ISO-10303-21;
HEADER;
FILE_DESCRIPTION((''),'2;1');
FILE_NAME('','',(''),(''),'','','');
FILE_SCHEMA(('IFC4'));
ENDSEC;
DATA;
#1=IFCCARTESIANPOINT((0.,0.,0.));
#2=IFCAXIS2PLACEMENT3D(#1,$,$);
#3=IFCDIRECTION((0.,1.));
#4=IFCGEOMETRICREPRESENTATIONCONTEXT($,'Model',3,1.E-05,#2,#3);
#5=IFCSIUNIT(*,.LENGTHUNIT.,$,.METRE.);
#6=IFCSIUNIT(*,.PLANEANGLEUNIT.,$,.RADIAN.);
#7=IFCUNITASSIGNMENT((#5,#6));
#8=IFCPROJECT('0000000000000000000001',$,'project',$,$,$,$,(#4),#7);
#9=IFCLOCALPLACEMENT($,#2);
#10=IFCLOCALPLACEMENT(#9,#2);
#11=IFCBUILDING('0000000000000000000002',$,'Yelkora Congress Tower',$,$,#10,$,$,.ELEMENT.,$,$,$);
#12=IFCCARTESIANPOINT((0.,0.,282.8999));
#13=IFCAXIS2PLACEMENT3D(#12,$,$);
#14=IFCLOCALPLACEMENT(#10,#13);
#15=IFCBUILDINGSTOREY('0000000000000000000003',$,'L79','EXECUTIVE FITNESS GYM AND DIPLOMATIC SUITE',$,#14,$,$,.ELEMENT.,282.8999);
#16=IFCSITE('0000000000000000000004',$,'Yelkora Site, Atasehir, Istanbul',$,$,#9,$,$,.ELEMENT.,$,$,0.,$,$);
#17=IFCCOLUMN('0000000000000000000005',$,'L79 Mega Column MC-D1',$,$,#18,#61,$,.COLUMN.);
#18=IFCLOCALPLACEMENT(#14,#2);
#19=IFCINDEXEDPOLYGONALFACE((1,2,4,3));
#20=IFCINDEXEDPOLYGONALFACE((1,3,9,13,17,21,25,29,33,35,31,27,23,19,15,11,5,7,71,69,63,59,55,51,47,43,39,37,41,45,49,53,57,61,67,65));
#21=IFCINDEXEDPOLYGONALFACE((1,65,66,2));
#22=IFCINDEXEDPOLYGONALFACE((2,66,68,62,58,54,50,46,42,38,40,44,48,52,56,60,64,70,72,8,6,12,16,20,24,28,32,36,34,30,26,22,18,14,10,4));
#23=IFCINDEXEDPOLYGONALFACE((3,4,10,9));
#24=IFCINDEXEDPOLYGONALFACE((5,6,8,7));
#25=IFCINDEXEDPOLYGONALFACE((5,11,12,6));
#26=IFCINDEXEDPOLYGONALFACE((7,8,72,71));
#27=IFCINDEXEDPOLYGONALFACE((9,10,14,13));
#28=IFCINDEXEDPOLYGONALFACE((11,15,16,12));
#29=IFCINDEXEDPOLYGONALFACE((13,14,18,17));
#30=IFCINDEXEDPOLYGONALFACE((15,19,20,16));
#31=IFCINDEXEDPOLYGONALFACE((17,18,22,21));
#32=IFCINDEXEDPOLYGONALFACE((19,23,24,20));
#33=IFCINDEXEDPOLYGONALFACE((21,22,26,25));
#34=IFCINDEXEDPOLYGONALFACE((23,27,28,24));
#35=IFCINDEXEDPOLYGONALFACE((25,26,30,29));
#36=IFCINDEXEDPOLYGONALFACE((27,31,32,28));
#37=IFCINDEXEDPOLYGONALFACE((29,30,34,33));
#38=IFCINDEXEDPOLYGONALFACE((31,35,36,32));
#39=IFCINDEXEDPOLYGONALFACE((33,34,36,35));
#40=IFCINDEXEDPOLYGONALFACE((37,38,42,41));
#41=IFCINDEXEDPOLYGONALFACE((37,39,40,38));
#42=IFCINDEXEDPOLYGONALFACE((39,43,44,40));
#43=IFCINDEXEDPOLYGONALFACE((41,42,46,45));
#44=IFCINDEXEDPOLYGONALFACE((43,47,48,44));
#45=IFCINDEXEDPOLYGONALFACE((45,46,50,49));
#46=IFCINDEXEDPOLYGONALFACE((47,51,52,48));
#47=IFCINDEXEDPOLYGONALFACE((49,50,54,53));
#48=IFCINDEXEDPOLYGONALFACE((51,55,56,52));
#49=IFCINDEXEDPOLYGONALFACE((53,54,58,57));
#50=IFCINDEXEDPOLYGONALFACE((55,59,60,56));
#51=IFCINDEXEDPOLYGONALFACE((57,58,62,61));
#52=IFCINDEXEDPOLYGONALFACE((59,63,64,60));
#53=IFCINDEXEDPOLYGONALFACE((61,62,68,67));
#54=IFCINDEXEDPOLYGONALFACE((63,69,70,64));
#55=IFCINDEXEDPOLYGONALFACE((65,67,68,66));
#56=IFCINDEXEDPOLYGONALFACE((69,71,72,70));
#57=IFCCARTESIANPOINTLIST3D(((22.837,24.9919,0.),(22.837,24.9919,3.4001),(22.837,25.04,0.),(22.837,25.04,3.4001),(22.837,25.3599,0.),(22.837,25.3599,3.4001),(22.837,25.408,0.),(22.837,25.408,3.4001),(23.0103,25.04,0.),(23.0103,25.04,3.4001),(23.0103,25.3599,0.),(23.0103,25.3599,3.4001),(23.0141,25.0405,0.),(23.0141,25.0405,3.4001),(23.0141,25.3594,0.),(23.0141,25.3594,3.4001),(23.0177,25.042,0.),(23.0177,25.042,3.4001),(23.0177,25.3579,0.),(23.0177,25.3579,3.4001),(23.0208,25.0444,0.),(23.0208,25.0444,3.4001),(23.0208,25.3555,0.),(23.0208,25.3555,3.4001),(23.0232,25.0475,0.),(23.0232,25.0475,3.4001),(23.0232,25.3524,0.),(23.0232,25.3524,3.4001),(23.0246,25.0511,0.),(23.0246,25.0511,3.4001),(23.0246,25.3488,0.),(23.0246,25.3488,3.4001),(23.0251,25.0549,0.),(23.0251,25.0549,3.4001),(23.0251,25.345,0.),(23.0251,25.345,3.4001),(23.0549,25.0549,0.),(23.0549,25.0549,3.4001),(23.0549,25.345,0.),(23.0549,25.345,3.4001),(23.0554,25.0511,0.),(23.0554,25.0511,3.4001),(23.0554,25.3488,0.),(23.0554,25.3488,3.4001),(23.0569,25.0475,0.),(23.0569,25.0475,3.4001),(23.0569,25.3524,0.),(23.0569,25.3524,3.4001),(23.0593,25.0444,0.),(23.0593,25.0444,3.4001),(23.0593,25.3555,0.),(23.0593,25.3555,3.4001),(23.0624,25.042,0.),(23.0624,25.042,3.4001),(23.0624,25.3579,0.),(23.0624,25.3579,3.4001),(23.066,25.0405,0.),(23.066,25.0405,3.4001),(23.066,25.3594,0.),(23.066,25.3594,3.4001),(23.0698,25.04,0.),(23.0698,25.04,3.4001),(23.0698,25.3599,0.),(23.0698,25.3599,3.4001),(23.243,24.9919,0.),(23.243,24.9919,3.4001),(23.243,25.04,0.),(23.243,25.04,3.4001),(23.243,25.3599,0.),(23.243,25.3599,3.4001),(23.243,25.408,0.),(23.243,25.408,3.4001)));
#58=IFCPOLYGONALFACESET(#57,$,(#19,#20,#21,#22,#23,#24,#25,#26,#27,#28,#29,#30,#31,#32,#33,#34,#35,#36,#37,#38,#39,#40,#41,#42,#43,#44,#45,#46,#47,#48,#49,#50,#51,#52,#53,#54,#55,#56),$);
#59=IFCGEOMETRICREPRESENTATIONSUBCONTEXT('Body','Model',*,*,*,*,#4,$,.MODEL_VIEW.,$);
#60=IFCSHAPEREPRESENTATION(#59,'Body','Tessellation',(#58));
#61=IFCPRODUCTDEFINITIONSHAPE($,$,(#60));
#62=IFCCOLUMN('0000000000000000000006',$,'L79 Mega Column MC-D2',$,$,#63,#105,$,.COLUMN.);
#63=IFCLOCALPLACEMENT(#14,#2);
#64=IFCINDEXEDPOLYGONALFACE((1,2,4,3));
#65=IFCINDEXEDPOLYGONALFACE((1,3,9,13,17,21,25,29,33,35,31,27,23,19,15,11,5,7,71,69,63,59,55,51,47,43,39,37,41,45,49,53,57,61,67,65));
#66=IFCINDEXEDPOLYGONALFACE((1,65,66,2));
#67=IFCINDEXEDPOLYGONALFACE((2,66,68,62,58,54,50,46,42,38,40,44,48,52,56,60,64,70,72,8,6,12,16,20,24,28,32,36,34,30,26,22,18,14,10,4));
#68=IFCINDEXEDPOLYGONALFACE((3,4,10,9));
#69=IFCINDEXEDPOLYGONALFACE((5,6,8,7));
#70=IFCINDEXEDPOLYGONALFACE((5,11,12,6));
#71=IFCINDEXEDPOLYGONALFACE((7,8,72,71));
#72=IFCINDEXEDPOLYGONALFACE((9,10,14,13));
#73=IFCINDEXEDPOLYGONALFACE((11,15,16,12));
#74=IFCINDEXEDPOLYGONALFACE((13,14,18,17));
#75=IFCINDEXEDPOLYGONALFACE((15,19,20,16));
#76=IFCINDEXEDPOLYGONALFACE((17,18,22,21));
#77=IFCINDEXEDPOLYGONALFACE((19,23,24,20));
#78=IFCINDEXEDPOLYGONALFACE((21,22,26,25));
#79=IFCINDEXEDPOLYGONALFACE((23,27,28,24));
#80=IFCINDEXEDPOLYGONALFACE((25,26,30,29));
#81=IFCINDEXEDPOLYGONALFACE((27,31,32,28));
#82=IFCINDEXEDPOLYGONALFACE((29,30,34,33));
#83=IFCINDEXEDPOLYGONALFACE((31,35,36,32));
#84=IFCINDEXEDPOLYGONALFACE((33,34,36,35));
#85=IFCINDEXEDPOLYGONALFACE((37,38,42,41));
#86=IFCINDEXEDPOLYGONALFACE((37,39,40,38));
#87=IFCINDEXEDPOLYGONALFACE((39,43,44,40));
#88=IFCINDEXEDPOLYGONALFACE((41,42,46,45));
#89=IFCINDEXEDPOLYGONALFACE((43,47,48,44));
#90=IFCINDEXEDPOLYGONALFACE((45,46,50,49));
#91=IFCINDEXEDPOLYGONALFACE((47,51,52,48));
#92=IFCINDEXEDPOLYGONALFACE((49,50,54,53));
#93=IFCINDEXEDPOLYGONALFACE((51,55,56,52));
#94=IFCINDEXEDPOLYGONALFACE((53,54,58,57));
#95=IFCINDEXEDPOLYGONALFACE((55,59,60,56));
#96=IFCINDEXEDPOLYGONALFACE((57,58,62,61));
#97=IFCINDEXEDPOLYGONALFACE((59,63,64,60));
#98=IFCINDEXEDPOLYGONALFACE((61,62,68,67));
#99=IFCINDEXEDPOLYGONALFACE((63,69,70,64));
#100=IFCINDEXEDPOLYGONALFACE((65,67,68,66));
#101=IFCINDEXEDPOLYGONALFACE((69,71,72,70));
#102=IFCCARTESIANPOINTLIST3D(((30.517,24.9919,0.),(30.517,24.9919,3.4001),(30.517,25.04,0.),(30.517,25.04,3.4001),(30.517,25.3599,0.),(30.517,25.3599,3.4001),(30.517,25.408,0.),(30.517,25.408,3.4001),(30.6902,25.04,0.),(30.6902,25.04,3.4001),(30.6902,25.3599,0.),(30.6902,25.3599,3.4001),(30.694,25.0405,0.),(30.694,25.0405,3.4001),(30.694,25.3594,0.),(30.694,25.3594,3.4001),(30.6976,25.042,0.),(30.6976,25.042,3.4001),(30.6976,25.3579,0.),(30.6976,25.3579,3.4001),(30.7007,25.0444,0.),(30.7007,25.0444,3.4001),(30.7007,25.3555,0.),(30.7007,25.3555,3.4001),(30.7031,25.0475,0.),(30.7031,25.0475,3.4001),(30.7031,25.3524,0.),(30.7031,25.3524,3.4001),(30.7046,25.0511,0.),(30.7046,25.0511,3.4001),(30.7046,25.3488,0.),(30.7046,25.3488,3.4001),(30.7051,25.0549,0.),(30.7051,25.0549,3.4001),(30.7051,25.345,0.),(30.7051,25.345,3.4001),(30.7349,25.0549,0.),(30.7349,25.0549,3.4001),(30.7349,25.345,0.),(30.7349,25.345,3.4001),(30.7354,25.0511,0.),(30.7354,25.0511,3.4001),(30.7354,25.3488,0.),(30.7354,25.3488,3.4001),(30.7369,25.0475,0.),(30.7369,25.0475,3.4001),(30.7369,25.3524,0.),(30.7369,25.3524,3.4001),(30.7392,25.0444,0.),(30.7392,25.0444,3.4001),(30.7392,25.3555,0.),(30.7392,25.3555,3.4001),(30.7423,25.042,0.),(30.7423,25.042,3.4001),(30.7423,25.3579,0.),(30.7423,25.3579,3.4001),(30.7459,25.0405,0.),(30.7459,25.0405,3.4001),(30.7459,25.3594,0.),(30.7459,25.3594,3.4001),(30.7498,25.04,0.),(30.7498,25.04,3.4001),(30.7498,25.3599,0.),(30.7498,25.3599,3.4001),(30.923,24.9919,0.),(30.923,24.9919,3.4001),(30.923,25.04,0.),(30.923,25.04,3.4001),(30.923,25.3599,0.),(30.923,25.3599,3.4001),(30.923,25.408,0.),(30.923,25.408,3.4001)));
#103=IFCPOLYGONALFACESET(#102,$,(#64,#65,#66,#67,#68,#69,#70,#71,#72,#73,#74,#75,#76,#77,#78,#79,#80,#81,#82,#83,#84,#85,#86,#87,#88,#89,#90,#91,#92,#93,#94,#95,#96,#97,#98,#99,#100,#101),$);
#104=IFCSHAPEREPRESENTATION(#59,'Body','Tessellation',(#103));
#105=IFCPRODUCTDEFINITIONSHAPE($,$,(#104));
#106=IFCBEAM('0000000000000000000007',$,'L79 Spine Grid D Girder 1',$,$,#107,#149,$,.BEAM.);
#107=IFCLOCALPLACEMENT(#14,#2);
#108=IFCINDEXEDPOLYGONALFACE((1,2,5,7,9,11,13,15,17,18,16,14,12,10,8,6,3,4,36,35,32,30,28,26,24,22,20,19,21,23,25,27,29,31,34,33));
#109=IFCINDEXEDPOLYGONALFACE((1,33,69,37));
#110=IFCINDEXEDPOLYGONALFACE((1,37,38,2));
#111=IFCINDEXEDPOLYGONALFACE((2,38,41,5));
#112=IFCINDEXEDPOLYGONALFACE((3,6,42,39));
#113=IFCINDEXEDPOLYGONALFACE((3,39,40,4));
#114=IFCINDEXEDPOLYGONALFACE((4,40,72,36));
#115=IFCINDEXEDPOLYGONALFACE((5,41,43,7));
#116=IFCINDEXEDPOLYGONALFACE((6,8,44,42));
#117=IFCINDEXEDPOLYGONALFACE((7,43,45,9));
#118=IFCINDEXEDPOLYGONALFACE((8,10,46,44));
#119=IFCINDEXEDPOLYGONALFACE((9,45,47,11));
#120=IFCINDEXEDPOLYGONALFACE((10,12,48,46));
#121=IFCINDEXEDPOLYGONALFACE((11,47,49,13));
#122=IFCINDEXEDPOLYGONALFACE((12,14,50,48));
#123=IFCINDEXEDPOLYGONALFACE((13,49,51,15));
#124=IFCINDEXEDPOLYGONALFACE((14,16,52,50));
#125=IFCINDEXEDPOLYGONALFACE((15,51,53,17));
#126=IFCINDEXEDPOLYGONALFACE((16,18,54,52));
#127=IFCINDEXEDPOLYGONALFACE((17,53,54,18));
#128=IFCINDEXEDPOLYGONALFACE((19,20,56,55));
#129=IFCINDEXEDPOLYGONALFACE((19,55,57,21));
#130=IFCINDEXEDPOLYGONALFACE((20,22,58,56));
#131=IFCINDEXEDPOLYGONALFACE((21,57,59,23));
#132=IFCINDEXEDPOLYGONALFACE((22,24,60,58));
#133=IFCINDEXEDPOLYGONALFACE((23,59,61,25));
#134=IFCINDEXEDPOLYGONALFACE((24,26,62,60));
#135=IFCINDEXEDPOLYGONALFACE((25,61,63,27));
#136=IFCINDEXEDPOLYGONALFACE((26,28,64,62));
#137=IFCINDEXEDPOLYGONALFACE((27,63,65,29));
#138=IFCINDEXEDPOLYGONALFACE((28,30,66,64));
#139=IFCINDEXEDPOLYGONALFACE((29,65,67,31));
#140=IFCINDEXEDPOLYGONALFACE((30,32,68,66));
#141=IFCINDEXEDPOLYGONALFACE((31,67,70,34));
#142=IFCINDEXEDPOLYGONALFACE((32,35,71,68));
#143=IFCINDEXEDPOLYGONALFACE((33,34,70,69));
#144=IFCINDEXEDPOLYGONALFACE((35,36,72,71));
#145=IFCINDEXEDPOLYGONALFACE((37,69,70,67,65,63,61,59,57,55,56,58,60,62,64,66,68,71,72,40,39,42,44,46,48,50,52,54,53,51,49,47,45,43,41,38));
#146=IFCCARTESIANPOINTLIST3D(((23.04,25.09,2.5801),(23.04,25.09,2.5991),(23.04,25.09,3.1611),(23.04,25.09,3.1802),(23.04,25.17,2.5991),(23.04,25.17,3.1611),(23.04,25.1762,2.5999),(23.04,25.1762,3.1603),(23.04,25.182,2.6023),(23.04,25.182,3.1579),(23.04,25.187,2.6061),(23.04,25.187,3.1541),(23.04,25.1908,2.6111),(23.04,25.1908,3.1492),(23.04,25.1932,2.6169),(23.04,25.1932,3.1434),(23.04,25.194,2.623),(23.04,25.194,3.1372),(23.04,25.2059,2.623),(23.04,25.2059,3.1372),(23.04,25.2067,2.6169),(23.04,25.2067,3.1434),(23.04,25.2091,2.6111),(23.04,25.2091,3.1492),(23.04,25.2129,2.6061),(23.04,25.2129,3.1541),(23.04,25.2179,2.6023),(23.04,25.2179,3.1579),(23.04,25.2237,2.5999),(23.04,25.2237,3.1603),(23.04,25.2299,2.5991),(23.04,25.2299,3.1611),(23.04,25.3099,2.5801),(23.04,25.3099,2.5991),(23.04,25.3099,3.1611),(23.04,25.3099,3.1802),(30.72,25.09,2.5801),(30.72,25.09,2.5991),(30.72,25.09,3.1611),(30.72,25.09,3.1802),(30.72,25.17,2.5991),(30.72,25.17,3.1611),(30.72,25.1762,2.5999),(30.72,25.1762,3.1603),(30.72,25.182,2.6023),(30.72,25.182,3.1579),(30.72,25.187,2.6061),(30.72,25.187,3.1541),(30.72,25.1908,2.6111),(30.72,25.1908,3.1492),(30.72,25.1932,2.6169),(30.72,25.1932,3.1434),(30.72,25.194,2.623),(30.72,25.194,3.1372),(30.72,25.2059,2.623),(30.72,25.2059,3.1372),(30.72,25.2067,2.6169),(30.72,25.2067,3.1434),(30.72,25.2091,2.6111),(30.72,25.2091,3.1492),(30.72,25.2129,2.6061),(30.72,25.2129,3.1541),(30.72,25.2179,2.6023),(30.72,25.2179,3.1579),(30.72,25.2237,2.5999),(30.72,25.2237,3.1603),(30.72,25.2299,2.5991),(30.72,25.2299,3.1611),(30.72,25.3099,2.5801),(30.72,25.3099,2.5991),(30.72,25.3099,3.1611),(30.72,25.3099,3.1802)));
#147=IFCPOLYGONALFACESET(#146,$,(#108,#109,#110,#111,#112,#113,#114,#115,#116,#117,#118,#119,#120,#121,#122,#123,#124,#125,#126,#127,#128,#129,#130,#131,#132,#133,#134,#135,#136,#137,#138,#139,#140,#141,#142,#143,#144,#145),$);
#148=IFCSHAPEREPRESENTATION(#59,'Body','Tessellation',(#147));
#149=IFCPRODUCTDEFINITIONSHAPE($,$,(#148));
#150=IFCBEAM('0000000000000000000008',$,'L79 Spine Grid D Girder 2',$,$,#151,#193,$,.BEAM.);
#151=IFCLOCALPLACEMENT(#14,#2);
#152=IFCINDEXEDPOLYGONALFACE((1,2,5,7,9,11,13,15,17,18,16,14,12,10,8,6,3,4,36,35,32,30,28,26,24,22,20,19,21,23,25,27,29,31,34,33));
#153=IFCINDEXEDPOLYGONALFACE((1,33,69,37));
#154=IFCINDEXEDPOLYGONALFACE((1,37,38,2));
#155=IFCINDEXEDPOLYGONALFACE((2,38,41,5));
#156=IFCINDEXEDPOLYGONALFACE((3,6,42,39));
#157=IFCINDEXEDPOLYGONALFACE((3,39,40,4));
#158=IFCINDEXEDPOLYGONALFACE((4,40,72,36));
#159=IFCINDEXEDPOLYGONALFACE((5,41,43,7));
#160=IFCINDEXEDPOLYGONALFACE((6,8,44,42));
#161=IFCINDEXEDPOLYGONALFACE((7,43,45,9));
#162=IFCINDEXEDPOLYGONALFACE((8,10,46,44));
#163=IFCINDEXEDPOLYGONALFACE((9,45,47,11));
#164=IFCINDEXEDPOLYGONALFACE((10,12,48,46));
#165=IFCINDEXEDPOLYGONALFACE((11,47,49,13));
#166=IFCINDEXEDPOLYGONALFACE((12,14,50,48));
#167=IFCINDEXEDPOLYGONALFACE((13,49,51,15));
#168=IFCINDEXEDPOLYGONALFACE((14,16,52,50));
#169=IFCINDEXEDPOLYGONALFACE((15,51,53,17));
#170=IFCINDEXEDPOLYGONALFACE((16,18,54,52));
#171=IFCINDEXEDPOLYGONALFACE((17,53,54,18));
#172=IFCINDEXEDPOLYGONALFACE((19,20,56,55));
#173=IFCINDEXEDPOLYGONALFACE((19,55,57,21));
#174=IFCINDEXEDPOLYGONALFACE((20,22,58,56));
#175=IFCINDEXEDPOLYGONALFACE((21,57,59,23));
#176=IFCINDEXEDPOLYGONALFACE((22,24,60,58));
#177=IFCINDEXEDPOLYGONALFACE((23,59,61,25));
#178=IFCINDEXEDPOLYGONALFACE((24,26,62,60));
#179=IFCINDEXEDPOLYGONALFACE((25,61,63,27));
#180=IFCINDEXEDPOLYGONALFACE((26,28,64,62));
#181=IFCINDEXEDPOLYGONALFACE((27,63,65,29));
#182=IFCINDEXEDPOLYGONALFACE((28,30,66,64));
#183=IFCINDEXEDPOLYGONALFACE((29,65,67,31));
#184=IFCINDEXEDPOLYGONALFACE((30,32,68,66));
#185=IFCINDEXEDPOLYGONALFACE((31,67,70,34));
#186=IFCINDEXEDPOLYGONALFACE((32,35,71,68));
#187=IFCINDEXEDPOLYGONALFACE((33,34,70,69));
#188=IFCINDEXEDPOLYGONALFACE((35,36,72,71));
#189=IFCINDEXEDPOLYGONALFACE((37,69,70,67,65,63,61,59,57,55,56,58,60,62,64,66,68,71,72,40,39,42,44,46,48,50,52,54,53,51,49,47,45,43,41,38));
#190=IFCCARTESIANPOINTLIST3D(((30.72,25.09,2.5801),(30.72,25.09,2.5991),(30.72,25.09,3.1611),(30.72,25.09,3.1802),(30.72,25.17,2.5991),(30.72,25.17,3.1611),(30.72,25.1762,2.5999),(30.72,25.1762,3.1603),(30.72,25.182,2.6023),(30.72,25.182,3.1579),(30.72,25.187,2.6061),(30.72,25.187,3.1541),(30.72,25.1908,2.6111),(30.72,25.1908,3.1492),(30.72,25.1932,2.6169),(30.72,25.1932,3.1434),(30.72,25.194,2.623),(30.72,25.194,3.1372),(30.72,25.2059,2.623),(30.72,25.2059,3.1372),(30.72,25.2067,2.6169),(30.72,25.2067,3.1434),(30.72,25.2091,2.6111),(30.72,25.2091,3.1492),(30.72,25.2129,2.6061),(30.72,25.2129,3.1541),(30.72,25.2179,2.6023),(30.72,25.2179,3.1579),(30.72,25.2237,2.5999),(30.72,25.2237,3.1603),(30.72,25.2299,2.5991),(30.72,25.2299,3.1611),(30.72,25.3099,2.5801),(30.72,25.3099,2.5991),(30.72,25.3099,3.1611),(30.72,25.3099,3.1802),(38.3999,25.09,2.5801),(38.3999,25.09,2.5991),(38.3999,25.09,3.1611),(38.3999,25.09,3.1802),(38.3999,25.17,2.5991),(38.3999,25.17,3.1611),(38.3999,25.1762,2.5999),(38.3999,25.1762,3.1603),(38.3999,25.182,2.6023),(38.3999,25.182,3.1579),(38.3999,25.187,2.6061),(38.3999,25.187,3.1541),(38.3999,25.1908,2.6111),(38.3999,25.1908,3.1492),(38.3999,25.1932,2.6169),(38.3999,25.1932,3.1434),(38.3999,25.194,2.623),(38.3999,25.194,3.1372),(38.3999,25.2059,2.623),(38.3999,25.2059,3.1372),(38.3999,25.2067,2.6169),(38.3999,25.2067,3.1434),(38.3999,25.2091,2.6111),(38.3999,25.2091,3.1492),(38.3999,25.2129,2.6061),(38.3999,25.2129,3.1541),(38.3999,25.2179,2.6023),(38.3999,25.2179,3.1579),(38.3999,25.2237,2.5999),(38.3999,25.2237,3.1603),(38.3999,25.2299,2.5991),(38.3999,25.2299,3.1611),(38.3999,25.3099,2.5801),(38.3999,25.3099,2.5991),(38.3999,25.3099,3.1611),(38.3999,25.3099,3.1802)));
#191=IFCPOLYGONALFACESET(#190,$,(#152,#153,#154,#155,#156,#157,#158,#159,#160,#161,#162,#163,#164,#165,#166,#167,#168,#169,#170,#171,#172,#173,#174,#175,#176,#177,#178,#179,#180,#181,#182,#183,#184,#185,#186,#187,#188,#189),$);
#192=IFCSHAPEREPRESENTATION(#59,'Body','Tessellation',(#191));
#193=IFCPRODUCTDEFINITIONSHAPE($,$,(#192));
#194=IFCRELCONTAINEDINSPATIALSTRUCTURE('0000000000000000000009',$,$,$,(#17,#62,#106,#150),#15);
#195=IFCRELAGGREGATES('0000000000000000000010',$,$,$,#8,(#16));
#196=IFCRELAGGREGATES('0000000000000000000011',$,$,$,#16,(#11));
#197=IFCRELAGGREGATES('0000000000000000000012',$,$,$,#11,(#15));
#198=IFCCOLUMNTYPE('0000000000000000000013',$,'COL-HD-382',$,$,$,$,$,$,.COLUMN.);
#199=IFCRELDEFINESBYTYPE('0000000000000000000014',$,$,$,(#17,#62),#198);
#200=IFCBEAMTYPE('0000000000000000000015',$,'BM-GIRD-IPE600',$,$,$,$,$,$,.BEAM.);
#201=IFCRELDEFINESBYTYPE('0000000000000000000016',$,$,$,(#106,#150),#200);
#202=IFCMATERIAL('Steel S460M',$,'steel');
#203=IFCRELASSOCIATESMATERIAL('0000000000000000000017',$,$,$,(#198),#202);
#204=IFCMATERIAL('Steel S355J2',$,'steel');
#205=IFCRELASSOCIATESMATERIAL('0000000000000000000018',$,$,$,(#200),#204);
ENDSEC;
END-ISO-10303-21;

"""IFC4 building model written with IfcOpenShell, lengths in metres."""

from ifc_helpers import new_model, si_unit, direction, frame, origin, origin_2d, place, context, subcontext, project, spatial, i_section, extrude, material, material_profile, profile_set, type_object, element, save


model = new_model("IFC4")

# Units and contexts
model_context = context("Model", 3, precision=1e-05, world=origin(), true_north=direction((0.0, 1.0)))
body_context = subcontext(model_context, "Body", "Model", "MODEL_VIEW")
ifc_project = project(units=[si_unit("LENGTHUNIT", "METRE"), si_unit("PLANEANGLEUNIT", "RADIAN")], contexts=[model_context])

# Site, building, storey
site_placement = place(None, origin())
site = spatial("IfcSite", under=ifc_project, at=site_placement, Name="Yelkora Site, Atasehir, Istanbul", CompositionType="ELEMENT", RefElevation=0.0)
building_placement = place(site_placement, origin())
building = spatial("IfcBuilding", under=site, at=building_placement, Name="Yelkora Congress Tower", CompositionType="ELEMENT")
storey_placement = place(building_placement, frame((0.0, 0.0, 282.8999)))
storey = spatial("IfcBuildingStorey", under=building, at=storey_placement, Name="L79", Description="EXECUTIVE FITNESS GYM AND DIPLOMATIC SUITE", CompositionType="ELEMENT", Elevation=282.8999)

# Columns
ifc_material_1 = material(Name="Steel S460M", Category="steel")
ifc_material_profile_1 = material_profile(ifc_material_1, i_section(OverallWidth=0.406, OverallDepth=0.416, WebThickness=0.0298, FlangeThickness=0.0481, FilletRadius=0.0149, at=origin_2d()), Name="HD 400x382")
ifc_profile_set_1 = profile_set([ifc_material_profile_1], Name="Steel S460M")
column_type = type_object("IfcColumnType", Name="COL-HD-382", PredefinedType="COLUMN", material=ifc_profile_set_1)
for number, where, z_axis, x_axis, name in (
    (1, (23.04, 25.2, 0.0), (0.0, 0.0, 1.0), (1.0, 0.0, 0.0), "L79 Mega Column MC-D1"),
    (2, (30.72, 25.2, 0.0), (0.0, 0.0, 1.0), (1.0, 0.0, 0.0), "L79 Mega Column MC-D2"),
):
    element("IfcColumn", number, at=place(storey_placement, frame(where, z_axis=z_axis, x_axis=x_axis)), inside=storey, type_object=column_type, Name=name, PredefinedType="COLUMN", context=body_context, shape_type="SweptSolid", body=[
        extrude(i_section(OverallWidth=0.406, OverallDepth=0.416, WebThickness=0.0298, FlangeThickness=0.0481, FilletRadius=0.0149, at=origin_2d()), origin(), (0.0, 0.0, 1.0), 3.4001),
    ])

# Beams
ifc_material_2 = material(Name="Steel S355J2", Category="steel")
ifc_material_profile_2 = material_profile(ifc_material_2, i_section(OverallWidth=0.22, OverallDepth=0.6001, WebThickness=0.012, FlangeThickness=0.019, FilletRadius=0.0239, at=origin_2d()), Name="IPE 600")
ifc_profile_set_2 = profile_set([ifc_material_profile_2], Name="Steel S355J2")
beam_type_1 = type_object("IfcBeamType", Name="BM-GIRD-IPE600", PredefinedType="BEAM", material=ifc_profile_set_2)
for number, where, z_axis, x_axis, name in (
    (3, (23.04, 25.2, 2.8801), (1.0, 0.0, 0.0), (0.0, 1.0, 0.0), "L79 Spine Grid D Girder 1"),
    (4, (30.72, 25.2, 2.8801), (1.0, 0.0, 0.0), (0.0, 1.0, 0.0), "L79 Spine Grid D Girder 2"),
):
    element("IfcBeam", number, at=place(storey_placement, frame(where, z_axis=z_axis, x_axis=x_axis)), inside=storey, type_object=beam_type_1, Name=name, PredefinedType="BEAM", context=body_context, shape_type="SweptSolid", body=[
        extrude(i_section(OverallWidth=0.22, OverallDepth=0.6001, WebThickness=0.012, FlangeThickness=0.019, FilletRadius=0.0239, at=origin_2d()), origin(), (0.0, 0.0, 1.0), 7.6799),
    ])

save(model, "model.ifc")
